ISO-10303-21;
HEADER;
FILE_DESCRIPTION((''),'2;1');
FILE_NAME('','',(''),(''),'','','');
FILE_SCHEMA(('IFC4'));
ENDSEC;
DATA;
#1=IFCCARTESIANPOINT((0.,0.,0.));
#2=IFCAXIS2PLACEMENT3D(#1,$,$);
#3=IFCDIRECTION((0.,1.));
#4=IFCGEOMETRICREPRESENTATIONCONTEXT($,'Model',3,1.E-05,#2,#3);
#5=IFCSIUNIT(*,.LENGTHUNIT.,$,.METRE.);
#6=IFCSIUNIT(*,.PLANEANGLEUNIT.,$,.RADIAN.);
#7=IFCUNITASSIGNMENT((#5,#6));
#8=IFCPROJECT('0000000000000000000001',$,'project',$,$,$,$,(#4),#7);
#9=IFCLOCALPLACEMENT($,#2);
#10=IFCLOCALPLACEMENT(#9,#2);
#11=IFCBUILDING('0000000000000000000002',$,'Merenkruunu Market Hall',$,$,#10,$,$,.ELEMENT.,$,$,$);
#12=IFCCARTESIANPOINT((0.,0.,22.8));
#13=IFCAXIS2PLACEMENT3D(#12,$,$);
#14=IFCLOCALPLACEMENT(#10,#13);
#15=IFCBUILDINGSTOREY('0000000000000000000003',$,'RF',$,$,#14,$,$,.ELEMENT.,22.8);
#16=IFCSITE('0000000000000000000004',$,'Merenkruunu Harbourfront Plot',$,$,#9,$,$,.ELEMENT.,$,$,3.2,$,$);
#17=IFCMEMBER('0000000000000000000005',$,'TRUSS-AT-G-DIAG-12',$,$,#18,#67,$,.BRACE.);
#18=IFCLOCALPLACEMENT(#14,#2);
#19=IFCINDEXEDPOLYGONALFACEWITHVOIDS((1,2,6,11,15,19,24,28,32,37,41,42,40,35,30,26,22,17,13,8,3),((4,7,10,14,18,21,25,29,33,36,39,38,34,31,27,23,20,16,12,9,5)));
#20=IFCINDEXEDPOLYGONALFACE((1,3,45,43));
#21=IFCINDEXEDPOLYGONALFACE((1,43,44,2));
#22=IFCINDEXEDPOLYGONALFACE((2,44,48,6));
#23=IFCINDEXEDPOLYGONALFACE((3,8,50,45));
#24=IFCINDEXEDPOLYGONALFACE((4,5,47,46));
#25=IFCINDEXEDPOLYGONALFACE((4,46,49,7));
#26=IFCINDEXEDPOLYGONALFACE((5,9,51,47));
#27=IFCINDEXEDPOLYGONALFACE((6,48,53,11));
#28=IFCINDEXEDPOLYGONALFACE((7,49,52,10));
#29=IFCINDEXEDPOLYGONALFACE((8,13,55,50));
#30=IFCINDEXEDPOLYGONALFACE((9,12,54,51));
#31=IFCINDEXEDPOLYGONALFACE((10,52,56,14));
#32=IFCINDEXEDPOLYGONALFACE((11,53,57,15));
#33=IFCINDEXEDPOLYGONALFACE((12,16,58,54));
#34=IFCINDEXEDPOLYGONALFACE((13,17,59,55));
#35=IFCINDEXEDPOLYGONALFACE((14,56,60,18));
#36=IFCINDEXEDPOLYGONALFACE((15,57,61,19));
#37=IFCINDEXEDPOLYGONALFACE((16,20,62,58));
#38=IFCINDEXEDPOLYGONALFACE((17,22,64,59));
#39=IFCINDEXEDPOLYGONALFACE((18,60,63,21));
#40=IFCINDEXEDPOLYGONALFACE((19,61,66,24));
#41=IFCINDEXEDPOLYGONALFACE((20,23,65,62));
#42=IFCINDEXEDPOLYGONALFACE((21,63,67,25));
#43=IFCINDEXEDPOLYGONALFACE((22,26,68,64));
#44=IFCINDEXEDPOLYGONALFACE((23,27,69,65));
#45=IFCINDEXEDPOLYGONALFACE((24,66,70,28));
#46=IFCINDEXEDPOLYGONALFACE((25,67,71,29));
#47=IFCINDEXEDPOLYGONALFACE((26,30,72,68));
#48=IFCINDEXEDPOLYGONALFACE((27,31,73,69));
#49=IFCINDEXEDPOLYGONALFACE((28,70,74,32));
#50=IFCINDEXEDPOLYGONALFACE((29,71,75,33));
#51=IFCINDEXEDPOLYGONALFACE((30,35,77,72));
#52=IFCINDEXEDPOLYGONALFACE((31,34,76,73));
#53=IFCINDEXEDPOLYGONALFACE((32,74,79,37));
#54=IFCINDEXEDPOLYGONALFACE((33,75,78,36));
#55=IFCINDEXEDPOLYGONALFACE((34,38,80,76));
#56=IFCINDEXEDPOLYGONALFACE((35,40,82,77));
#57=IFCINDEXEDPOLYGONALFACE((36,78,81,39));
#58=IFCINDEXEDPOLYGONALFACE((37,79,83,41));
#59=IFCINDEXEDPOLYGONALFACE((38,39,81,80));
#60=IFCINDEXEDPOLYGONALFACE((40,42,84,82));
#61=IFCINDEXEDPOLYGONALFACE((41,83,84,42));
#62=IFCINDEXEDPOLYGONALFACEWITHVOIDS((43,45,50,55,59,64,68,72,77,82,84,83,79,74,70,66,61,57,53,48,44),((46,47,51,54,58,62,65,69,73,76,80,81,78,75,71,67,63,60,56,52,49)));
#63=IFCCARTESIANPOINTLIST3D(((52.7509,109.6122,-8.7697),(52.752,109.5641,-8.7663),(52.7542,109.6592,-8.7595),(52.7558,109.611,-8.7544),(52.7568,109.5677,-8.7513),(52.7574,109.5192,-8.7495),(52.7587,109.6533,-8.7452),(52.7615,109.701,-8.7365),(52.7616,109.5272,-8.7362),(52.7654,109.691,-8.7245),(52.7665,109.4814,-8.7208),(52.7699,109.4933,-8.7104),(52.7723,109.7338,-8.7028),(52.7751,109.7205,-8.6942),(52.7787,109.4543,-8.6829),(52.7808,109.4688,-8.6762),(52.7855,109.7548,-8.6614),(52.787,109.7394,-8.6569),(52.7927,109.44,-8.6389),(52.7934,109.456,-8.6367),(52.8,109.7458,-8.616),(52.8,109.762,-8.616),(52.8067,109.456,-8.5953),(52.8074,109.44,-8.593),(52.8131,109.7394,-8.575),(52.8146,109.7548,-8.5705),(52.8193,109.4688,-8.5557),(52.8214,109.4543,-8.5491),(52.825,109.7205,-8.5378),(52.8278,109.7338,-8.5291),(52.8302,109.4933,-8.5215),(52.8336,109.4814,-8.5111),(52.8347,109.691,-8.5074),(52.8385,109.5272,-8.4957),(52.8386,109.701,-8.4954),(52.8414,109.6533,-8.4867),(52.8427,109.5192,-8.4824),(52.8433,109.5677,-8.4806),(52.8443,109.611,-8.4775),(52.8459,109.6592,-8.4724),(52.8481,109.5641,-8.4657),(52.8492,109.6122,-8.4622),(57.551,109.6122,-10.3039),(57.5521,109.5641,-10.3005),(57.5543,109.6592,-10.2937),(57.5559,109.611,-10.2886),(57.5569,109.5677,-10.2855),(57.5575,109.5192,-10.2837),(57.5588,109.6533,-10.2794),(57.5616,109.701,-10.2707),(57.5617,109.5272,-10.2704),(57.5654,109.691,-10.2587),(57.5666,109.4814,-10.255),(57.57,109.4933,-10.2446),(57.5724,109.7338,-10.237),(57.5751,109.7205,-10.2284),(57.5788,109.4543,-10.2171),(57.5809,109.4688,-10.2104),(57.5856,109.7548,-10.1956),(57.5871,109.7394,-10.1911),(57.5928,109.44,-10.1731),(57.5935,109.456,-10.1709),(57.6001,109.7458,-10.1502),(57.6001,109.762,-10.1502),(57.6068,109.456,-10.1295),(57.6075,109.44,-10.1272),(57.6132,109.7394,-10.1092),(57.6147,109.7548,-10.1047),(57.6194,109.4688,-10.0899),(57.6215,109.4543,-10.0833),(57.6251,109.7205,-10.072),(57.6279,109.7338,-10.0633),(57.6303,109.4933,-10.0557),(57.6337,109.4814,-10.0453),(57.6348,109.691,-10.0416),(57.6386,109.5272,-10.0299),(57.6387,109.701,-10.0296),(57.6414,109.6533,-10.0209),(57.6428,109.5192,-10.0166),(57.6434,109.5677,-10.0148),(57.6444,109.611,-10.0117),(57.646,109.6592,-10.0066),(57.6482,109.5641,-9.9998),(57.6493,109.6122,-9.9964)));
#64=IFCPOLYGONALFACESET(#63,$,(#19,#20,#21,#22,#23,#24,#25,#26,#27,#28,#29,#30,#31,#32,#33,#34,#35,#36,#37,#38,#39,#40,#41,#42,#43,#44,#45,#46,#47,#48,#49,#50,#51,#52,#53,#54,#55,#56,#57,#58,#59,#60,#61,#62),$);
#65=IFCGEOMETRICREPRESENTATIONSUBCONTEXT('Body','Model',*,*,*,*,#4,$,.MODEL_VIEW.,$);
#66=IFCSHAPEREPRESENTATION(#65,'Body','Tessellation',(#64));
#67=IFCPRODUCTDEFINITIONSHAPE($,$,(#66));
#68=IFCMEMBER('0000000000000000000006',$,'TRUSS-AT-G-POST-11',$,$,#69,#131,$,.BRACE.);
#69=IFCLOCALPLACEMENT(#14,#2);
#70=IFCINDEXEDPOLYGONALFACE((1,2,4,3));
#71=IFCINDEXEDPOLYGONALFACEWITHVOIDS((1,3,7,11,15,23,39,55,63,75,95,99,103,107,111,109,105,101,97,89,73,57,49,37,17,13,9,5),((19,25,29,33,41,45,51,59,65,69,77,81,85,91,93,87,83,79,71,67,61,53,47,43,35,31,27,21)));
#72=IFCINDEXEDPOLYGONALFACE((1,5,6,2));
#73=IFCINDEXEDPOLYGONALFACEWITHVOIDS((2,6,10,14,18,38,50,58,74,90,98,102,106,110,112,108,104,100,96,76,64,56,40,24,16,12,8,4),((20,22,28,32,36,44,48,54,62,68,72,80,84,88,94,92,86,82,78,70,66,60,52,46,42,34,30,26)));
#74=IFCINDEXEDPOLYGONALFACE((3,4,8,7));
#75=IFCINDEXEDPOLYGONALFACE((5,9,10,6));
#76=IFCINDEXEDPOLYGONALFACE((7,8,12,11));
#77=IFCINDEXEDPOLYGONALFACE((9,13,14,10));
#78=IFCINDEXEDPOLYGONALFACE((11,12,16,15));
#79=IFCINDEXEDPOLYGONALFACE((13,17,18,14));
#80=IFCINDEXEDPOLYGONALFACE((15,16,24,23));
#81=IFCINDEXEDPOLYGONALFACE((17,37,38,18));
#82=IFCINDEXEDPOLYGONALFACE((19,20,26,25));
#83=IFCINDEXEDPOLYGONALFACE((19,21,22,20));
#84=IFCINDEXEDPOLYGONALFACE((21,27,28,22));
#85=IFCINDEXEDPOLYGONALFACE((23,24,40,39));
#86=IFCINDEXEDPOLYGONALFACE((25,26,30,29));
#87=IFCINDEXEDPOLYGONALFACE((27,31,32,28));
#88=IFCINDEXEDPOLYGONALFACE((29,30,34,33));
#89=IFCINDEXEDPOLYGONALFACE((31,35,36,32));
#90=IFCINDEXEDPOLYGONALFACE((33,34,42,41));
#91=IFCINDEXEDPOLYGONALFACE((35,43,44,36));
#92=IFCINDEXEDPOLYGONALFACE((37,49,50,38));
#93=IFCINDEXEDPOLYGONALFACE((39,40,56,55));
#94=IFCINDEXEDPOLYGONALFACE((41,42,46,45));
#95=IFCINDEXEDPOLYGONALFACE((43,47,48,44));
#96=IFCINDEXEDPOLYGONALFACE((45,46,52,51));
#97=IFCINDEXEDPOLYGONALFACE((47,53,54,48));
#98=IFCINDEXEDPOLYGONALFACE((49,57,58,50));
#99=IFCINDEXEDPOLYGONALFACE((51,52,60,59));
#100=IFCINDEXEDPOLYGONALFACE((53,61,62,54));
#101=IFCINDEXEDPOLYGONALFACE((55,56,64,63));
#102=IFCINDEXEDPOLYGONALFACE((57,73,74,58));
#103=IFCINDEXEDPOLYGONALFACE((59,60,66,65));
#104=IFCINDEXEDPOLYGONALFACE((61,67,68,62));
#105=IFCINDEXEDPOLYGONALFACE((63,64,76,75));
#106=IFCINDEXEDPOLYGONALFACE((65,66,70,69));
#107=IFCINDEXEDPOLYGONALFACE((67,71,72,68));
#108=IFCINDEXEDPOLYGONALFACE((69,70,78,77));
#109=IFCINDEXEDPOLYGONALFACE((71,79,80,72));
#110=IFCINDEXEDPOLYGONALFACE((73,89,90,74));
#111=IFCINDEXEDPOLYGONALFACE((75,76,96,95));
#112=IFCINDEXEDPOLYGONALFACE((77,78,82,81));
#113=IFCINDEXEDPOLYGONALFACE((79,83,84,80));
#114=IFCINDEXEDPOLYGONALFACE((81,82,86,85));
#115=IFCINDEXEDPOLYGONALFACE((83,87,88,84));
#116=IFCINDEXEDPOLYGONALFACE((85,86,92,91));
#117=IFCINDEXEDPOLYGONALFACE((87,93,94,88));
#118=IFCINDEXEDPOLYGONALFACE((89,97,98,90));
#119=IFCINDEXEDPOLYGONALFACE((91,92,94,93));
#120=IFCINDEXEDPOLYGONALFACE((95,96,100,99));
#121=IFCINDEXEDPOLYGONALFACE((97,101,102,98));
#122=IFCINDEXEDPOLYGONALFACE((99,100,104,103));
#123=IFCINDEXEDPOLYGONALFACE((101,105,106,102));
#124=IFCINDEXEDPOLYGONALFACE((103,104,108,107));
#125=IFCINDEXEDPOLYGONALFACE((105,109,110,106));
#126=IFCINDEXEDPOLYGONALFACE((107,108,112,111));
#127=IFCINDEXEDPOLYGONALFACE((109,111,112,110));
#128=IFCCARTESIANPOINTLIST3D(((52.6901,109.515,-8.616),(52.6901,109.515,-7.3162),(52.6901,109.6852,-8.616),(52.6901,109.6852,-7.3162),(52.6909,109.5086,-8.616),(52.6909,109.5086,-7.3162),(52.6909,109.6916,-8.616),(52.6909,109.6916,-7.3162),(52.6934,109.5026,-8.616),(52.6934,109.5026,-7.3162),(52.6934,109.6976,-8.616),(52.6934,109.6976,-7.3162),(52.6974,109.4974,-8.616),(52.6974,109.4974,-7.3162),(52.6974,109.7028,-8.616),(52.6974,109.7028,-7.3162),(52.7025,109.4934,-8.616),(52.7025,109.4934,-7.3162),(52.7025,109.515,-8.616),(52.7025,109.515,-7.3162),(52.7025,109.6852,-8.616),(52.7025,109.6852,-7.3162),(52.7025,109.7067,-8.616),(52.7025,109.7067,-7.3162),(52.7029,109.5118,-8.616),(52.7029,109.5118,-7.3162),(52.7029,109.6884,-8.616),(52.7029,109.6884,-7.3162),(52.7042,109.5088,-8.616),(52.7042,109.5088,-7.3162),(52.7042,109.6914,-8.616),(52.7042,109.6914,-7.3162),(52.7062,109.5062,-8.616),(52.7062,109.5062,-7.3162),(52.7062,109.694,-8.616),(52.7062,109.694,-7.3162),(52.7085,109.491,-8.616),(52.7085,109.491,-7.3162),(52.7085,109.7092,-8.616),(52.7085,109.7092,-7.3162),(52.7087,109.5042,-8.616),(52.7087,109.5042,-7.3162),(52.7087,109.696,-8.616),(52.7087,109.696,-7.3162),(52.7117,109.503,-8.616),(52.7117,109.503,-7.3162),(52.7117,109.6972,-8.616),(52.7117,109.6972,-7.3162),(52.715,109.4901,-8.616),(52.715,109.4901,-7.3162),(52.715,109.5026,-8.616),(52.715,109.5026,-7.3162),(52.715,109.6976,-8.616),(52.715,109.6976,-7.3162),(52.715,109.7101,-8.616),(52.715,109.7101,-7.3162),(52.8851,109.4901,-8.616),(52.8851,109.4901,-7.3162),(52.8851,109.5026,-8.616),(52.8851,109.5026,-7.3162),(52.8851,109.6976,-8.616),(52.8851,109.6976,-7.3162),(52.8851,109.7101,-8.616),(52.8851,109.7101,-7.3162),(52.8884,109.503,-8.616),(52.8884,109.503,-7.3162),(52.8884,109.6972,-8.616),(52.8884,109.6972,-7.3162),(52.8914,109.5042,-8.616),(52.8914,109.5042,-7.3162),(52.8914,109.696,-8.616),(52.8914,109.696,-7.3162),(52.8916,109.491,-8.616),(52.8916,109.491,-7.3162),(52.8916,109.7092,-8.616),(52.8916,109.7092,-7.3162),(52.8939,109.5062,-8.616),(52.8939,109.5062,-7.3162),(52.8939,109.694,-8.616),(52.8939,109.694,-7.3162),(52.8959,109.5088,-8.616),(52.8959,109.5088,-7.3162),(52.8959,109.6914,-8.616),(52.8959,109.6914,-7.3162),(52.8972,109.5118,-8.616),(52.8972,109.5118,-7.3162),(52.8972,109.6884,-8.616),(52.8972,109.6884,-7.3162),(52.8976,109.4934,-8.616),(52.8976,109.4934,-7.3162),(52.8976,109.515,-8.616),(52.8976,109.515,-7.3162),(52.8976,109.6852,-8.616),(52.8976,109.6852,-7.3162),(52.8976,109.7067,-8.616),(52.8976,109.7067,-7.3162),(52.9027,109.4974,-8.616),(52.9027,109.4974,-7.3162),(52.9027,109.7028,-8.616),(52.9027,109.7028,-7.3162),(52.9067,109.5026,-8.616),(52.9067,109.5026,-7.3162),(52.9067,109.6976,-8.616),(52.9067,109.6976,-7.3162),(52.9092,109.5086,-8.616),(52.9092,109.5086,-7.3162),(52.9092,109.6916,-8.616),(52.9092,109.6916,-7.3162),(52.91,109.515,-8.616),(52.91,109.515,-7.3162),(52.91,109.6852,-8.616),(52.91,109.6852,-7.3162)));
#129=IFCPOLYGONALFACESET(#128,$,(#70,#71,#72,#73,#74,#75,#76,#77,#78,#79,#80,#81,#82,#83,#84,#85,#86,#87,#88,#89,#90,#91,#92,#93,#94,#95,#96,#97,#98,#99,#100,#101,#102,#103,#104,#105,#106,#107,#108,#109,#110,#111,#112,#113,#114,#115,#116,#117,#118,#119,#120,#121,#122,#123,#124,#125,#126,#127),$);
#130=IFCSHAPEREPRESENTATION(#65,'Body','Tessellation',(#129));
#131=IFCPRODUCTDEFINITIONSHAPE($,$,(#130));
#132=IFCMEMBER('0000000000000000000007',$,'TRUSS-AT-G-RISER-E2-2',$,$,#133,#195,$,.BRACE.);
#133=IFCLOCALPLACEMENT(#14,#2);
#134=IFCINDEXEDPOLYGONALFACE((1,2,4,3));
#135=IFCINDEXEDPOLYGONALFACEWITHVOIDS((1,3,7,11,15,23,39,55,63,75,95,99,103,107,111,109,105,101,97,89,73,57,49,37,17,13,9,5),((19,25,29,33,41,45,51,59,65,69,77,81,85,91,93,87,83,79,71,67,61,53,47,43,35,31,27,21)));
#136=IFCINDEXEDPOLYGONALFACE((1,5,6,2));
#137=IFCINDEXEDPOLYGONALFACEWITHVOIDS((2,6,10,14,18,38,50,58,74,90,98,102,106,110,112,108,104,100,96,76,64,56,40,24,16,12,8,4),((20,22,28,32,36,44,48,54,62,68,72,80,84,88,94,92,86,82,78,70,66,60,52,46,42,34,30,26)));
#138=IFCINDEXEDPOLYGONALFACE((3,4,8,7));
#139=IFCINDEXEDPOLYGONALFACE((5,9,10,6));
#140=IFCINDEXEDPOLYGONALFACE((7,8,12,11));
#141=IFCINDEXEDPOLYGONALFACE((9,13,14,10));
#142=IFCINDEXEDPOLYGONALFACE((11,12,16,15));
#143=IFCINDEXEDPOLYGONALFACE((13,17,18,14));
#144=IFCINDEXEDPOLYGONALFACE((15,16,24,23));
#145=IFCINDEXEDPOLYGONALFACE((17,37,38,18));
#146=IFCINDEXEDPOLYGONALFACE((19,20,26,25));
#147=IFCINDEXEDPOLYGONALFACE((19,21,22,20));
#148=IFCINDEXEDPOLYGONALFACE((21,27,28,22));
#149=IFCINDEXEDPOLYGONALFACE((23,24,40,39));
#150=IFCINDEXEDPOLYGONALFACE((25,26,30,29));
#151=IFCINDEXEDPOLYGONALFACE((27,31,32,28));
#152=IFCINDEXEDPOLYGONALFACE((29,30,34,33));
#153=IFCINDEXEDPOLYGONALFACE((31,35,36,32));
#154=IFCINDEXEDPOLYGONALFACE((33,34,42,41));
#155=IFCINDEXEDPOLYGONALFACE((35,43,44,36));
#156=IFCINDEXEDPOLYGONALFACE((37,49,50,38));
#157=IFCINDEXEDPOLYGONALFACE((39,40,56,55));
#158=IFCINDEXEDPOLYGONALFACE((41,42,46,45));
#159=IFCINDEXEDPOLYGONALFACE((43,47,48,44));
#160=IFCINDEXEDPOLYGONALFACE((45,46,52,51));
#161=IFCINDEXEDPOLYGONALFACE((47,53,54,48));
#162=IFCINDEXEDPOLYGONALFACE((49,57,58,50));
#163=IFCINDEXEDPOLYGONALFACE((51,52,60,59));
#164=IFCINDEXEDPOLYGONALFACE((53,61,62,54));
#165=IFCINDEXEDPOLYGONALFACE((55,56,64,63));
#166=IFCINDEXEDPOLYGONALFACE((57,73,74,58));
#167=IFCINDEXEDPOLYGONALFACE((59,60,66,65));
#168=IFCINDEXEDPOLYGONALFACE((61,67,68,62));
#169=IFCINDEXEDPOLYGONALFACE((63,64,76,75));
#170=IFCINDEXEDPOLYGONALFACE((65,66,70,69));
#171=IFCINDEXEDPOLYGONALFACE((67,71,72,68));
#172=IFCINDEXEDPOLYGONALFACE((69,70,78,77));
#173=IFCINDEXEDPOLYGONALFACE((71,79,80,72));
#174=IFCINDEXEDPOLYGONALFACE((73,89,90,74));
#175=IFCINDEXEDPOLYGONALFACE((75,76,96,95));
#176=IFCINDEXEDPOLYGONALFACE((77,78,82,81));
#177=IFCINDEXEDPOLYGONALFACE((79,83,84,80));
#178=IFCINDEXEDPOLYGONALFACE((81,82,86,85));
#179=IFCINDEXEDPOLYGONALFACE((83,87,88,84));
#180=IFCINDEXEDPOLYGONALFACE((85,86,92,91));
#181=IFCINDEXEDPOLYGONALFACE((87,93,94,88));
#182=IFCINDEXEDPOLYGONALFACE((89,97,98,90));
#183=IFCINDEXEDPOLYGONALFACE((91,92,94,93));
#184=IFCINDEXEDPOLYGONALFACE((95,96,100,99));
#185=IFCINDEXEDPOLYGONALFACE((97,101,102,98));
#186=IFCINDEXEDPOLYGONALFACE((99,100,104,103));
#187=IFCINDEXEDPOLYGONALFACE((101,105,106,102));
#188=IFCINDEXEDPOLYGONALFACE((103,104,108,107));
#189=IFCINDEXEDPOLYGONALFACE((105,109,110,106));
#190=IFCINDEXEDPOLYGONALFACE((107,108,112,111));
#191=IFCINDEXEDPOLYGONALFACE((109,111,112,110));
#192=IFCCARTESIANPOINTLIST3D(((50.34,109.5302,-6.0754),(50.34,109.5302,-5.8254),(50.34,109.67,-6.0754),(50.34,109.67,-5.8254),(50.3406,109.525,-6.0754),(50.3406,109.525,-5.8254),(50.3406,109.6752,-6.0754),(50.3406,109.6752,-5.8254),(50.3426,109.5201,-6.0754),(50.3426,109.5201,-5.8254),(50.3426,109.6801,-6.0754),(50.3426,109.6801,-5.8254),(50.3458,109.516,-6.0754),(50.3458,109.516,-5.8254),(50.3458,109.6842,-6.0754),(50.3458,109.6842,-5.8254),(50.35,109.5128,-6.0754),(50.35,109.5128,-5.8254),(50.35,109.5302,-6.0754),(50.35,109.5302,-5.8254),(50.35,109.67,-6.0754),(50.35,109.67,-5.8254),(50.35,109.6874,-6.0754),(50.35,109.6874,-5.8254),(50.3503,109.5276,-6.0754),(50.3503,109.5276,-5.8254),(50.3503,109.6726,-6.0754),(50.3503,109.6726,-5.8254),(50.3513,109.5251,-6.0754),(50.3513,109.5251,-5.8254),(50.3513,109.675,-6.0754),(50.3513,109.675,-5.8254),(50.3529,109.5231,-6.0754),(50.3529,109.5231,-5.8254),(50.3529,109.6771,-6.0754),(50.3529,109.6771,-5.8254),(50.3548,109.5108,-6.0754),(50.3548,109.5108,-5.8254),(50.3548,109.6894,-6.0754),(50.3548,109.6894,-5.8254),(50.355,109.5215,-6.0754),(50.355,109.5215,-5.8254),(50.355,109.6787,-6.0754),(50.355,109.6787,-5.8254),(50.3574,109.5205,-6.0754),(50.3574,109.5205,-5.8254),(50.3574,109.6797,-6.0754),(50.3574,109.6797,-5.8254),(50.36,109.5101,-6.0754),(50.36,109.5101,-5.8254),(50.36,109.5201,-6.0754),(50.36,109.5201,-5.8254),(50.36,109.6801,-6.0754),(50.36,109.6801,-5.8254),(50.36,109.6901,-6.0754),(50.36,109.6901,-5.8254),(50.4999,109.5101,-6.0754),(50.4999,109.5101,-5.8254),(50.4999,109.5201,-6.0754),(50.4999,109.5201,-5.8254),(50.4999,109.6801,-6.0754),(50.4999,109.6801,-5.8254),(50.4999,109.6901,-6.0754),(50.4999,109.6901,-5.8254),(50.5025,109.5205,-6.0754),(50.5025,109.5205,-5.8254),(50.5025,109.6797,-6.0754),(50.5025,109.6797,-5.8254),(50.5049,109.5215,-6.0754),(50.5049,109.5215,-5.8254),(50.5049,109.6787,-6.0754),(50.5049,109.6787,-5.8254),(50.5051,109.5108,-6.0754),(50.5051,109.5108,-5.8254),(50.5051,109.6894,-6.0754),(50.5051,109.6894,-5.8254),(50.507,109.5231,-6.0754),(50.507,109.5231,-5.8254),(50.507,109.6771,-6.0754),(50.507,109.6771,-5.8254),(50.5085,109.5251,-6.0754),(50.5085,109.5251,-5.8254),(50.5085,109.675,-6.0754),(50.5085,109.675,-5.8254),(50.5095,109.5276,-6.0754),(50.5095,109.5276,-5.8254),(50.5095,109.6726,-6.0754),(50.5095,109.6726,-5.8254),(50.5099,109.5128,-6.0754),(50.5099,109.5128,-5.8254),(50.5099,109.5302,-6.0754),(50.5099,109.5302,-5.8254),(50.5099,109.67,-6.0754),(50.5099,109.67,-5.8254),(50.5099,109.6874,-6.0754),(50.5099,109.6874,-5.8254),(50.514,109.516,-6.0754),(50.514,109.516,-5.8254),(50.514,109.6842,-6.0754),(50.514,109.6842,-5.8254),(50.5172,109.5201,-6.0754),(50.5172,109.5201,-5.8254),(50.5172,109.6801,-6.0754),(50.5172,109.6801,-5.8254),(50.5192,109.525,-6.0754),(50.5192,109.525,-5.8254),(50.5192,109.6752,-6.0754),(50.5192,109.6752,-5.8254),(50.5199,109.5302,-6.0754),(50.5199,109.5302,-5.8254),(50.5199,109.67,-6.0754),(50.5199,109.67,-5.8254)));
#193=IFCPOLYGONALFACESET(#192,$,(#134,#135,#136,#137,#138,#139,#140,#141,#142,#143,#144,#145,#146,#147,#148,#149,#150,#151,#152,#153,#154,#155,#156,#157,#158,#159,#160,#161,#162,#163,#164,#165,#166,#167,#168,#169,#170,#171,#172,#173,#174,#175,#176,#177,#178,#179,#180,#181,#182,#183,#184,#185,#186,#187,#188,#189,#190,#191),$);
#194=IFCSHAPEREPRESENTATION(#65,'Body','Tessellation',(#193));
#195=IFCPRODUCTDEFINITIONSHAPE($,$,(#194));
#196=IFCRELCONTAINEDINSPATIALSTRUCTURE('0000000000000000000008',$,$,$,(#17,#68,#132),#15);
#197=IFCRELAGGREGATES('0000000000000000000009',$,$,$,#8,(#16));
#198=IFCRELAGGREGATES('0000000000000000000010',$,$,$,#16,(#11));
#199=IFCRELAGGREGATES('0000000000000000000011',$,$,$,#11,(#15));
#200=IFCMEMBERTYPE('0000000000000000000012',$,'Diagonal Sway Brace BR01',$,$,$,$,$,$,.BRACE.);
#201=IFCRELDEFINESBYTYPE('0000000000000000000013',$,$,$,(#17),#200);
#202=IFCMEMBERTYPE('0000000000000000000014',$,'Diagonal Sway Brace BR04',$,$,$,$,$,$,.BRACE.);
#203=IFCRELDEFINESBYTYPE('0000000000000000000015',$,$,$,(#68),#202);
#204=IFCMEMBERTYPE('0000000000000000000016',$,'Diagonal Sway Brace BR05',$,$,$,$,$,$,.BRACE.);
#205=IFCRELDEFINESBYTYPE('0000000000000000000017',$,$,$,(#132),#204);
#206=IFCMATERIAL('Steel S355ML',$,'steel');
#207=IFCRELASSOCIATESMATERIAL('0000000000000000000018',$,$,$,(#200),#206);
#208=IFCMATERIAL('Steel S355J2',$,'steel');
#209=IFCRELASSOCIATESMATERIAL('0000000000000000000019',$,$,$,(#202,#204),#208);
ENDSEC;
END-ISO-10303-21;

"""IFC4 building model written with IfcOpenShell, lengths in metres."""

from ifc_helpers import new_model, si_unit, direction, frame, origin, origin_2d, place, context, subcontext, project, spatial, hollow_rectangle, hollow_circle, extrude, material, material_profile, profile_set, type_object, element, save


model = new_model("IFC4")

# Units and contexts
model_context = context("Model", 3, precision=1e-05, world=origin(), true_north=direction((0.0, 1.0)))
body_context = subcontext(model_context, "Body", "Model", "MODEL_VIEW")
ifc_project = project(units=[si_unit("LENGTHUNIT", "METRE"), si_unit("PLANEANGLEUNIT", "RADIAN")], contexts=[model_context])

# Site, building, storey
site_placement = place(None, origin())
site = spatial("IfcSite", under=ifc_project, at=site_placement, Name="Merenkruunu Harbourfront Plot", CompositionType="ELEMENT", RefElevation=3.2)
building_placement = place(site_placement, origin())
building = spatial("IfcBuilding", under=site, at=building_placement, Name="Merenkruunu Market Hall", CompositionType="ELEMENT")
storey_placement = place(building_placement, frame((0.0, 0.0, 22.8)))
storey = spatial("IfcBuildingStorey", under=building, at=storey_placement, Name="RF", CompositionType="ELEMENT", Elevation=22.8)

# Shared definitions
ifc_material_1 = material(Name="Steel S355ML", Category="steel")

# Members
ifc_material_profile_1 = material_profile(ifc_material_1, hollow_circle(Radius=0.1619, WallThickness=0.0161, at=origin_2d()), Name="CHS 323.9x16")
ifc_profile_set_1 = profile_set([ifc_material_profile_1], Name="Steel S355ML")
member_type_1 = type_object("IfcMemberType", Name="Diagonal Sway Brace BR01", PredefinedType="BRACE", material=ifc_profile_set_1)
member_1_placement = place(storey_placement, frame((52.8, 109.6001, -8.616), z_axis=(0.95253, 0.0, -0.304445), x_axis=(0.0, 1.0, 0.0)))
element("IfcMember", 1, at=member_1_placement, inside=storey, type_object=member_type_1, Name="TRUSS-AT-G-DIAG-12", PredefinedType="BRACE", context=body_context, shape_type="SweptSolid", body=[
    extrude(hollow_circle(Radius=0.1619, WallThickness=0.0161, at=origin_2d()), origin(), (0.0, 0.0, 1.0), 5.0393),
])
ifc_material_2 = material(Name="Steel S355J2", Category="steel")
ifc_material_profile_2 = material_profile(ifc_material_2, hollow_rectangle(XDim=0.22, YDim=0.22, WallThickness=0.0125, InnerFilletRadius=0.0125, OuterFilletRadius=0.0249, at=origin_2d()), Name="SHS 220x220x12.5")
ifc_profile_set_2 = profile_set([ifc_material_profile_2], Name="Steel S355J2")
member_type_2 = type_object("IfcMemberType", Name="Diagonal Sway Brace BR04", PredefinedType="BRACE", material=ifc_profile_set_2)
member_2_placement = place(storey_placement, frame((52.8, 109.6001, -8.616), z_axis=(0.0, 0.0, 1.0), x_axis=(1.0, 0.0, 0.0)))
element("IfcMember", 2, at=member_2_placement, inside=storey, type_object=member_type_2, Name="TRUSS-AT-G-POST-11", PredefinedType="BRACE", context=body_context, shape_type="SweptSolid", body=[
    extrude(hollow_rectangle(XDim=0.22, YDim=0.22, WallThickness=0.0125, InnerFilletRadius=0.0125, OuterFilletRadius=0.0249, at=origin_2d()), origin(), (0.0, 0.0, 1.0), 1.2998),
])
ifc_material_profile_3 = material_profile(ifc_material_2, hollow_rectangle(XDim=0.1799, YDim=0.1799, WallThickness=0.01, InnerFilletRadius=0.01, OuterFilletRadius=0.02, at=origin_2d()), Name="SHS 180x180x10")
ifc_profile_set_3 = profile_set([ifc_material_profile_3], Name="Steel S355J2")
member_type_3 = type_object("IfcMemberType", Name="Diagonal Sway Brace BR05", PredefinedType="BRACE", material=ifc_profile_set_3)
member_3_placement = place(storey_placement, frame((50.4299, 109.6001, -6.0754), z_axis=(0.0, 0.0, 1.0), x_axis=(1.0, 0.0, 0.0)))
element("IfcMember", 3, at=member_3_placement, inside=storey, type_object=member_type_3, Name="TRUSS-AT-G-RISER-E2-2", PredefinedType="BRACE", context=body_context, shape_type="SweptSolid", body=[
    extrude(hollow_rectangle(XDim=0.1799, YDim=0.1799, WallThickness=0.01, InnerFilletRadius=0.01, OuterFilletRadius=0.02, at=origin_2d()), origin(), (0.0, 0.0, 1.0), 0.25),
])

save(model, "model.ifc")
